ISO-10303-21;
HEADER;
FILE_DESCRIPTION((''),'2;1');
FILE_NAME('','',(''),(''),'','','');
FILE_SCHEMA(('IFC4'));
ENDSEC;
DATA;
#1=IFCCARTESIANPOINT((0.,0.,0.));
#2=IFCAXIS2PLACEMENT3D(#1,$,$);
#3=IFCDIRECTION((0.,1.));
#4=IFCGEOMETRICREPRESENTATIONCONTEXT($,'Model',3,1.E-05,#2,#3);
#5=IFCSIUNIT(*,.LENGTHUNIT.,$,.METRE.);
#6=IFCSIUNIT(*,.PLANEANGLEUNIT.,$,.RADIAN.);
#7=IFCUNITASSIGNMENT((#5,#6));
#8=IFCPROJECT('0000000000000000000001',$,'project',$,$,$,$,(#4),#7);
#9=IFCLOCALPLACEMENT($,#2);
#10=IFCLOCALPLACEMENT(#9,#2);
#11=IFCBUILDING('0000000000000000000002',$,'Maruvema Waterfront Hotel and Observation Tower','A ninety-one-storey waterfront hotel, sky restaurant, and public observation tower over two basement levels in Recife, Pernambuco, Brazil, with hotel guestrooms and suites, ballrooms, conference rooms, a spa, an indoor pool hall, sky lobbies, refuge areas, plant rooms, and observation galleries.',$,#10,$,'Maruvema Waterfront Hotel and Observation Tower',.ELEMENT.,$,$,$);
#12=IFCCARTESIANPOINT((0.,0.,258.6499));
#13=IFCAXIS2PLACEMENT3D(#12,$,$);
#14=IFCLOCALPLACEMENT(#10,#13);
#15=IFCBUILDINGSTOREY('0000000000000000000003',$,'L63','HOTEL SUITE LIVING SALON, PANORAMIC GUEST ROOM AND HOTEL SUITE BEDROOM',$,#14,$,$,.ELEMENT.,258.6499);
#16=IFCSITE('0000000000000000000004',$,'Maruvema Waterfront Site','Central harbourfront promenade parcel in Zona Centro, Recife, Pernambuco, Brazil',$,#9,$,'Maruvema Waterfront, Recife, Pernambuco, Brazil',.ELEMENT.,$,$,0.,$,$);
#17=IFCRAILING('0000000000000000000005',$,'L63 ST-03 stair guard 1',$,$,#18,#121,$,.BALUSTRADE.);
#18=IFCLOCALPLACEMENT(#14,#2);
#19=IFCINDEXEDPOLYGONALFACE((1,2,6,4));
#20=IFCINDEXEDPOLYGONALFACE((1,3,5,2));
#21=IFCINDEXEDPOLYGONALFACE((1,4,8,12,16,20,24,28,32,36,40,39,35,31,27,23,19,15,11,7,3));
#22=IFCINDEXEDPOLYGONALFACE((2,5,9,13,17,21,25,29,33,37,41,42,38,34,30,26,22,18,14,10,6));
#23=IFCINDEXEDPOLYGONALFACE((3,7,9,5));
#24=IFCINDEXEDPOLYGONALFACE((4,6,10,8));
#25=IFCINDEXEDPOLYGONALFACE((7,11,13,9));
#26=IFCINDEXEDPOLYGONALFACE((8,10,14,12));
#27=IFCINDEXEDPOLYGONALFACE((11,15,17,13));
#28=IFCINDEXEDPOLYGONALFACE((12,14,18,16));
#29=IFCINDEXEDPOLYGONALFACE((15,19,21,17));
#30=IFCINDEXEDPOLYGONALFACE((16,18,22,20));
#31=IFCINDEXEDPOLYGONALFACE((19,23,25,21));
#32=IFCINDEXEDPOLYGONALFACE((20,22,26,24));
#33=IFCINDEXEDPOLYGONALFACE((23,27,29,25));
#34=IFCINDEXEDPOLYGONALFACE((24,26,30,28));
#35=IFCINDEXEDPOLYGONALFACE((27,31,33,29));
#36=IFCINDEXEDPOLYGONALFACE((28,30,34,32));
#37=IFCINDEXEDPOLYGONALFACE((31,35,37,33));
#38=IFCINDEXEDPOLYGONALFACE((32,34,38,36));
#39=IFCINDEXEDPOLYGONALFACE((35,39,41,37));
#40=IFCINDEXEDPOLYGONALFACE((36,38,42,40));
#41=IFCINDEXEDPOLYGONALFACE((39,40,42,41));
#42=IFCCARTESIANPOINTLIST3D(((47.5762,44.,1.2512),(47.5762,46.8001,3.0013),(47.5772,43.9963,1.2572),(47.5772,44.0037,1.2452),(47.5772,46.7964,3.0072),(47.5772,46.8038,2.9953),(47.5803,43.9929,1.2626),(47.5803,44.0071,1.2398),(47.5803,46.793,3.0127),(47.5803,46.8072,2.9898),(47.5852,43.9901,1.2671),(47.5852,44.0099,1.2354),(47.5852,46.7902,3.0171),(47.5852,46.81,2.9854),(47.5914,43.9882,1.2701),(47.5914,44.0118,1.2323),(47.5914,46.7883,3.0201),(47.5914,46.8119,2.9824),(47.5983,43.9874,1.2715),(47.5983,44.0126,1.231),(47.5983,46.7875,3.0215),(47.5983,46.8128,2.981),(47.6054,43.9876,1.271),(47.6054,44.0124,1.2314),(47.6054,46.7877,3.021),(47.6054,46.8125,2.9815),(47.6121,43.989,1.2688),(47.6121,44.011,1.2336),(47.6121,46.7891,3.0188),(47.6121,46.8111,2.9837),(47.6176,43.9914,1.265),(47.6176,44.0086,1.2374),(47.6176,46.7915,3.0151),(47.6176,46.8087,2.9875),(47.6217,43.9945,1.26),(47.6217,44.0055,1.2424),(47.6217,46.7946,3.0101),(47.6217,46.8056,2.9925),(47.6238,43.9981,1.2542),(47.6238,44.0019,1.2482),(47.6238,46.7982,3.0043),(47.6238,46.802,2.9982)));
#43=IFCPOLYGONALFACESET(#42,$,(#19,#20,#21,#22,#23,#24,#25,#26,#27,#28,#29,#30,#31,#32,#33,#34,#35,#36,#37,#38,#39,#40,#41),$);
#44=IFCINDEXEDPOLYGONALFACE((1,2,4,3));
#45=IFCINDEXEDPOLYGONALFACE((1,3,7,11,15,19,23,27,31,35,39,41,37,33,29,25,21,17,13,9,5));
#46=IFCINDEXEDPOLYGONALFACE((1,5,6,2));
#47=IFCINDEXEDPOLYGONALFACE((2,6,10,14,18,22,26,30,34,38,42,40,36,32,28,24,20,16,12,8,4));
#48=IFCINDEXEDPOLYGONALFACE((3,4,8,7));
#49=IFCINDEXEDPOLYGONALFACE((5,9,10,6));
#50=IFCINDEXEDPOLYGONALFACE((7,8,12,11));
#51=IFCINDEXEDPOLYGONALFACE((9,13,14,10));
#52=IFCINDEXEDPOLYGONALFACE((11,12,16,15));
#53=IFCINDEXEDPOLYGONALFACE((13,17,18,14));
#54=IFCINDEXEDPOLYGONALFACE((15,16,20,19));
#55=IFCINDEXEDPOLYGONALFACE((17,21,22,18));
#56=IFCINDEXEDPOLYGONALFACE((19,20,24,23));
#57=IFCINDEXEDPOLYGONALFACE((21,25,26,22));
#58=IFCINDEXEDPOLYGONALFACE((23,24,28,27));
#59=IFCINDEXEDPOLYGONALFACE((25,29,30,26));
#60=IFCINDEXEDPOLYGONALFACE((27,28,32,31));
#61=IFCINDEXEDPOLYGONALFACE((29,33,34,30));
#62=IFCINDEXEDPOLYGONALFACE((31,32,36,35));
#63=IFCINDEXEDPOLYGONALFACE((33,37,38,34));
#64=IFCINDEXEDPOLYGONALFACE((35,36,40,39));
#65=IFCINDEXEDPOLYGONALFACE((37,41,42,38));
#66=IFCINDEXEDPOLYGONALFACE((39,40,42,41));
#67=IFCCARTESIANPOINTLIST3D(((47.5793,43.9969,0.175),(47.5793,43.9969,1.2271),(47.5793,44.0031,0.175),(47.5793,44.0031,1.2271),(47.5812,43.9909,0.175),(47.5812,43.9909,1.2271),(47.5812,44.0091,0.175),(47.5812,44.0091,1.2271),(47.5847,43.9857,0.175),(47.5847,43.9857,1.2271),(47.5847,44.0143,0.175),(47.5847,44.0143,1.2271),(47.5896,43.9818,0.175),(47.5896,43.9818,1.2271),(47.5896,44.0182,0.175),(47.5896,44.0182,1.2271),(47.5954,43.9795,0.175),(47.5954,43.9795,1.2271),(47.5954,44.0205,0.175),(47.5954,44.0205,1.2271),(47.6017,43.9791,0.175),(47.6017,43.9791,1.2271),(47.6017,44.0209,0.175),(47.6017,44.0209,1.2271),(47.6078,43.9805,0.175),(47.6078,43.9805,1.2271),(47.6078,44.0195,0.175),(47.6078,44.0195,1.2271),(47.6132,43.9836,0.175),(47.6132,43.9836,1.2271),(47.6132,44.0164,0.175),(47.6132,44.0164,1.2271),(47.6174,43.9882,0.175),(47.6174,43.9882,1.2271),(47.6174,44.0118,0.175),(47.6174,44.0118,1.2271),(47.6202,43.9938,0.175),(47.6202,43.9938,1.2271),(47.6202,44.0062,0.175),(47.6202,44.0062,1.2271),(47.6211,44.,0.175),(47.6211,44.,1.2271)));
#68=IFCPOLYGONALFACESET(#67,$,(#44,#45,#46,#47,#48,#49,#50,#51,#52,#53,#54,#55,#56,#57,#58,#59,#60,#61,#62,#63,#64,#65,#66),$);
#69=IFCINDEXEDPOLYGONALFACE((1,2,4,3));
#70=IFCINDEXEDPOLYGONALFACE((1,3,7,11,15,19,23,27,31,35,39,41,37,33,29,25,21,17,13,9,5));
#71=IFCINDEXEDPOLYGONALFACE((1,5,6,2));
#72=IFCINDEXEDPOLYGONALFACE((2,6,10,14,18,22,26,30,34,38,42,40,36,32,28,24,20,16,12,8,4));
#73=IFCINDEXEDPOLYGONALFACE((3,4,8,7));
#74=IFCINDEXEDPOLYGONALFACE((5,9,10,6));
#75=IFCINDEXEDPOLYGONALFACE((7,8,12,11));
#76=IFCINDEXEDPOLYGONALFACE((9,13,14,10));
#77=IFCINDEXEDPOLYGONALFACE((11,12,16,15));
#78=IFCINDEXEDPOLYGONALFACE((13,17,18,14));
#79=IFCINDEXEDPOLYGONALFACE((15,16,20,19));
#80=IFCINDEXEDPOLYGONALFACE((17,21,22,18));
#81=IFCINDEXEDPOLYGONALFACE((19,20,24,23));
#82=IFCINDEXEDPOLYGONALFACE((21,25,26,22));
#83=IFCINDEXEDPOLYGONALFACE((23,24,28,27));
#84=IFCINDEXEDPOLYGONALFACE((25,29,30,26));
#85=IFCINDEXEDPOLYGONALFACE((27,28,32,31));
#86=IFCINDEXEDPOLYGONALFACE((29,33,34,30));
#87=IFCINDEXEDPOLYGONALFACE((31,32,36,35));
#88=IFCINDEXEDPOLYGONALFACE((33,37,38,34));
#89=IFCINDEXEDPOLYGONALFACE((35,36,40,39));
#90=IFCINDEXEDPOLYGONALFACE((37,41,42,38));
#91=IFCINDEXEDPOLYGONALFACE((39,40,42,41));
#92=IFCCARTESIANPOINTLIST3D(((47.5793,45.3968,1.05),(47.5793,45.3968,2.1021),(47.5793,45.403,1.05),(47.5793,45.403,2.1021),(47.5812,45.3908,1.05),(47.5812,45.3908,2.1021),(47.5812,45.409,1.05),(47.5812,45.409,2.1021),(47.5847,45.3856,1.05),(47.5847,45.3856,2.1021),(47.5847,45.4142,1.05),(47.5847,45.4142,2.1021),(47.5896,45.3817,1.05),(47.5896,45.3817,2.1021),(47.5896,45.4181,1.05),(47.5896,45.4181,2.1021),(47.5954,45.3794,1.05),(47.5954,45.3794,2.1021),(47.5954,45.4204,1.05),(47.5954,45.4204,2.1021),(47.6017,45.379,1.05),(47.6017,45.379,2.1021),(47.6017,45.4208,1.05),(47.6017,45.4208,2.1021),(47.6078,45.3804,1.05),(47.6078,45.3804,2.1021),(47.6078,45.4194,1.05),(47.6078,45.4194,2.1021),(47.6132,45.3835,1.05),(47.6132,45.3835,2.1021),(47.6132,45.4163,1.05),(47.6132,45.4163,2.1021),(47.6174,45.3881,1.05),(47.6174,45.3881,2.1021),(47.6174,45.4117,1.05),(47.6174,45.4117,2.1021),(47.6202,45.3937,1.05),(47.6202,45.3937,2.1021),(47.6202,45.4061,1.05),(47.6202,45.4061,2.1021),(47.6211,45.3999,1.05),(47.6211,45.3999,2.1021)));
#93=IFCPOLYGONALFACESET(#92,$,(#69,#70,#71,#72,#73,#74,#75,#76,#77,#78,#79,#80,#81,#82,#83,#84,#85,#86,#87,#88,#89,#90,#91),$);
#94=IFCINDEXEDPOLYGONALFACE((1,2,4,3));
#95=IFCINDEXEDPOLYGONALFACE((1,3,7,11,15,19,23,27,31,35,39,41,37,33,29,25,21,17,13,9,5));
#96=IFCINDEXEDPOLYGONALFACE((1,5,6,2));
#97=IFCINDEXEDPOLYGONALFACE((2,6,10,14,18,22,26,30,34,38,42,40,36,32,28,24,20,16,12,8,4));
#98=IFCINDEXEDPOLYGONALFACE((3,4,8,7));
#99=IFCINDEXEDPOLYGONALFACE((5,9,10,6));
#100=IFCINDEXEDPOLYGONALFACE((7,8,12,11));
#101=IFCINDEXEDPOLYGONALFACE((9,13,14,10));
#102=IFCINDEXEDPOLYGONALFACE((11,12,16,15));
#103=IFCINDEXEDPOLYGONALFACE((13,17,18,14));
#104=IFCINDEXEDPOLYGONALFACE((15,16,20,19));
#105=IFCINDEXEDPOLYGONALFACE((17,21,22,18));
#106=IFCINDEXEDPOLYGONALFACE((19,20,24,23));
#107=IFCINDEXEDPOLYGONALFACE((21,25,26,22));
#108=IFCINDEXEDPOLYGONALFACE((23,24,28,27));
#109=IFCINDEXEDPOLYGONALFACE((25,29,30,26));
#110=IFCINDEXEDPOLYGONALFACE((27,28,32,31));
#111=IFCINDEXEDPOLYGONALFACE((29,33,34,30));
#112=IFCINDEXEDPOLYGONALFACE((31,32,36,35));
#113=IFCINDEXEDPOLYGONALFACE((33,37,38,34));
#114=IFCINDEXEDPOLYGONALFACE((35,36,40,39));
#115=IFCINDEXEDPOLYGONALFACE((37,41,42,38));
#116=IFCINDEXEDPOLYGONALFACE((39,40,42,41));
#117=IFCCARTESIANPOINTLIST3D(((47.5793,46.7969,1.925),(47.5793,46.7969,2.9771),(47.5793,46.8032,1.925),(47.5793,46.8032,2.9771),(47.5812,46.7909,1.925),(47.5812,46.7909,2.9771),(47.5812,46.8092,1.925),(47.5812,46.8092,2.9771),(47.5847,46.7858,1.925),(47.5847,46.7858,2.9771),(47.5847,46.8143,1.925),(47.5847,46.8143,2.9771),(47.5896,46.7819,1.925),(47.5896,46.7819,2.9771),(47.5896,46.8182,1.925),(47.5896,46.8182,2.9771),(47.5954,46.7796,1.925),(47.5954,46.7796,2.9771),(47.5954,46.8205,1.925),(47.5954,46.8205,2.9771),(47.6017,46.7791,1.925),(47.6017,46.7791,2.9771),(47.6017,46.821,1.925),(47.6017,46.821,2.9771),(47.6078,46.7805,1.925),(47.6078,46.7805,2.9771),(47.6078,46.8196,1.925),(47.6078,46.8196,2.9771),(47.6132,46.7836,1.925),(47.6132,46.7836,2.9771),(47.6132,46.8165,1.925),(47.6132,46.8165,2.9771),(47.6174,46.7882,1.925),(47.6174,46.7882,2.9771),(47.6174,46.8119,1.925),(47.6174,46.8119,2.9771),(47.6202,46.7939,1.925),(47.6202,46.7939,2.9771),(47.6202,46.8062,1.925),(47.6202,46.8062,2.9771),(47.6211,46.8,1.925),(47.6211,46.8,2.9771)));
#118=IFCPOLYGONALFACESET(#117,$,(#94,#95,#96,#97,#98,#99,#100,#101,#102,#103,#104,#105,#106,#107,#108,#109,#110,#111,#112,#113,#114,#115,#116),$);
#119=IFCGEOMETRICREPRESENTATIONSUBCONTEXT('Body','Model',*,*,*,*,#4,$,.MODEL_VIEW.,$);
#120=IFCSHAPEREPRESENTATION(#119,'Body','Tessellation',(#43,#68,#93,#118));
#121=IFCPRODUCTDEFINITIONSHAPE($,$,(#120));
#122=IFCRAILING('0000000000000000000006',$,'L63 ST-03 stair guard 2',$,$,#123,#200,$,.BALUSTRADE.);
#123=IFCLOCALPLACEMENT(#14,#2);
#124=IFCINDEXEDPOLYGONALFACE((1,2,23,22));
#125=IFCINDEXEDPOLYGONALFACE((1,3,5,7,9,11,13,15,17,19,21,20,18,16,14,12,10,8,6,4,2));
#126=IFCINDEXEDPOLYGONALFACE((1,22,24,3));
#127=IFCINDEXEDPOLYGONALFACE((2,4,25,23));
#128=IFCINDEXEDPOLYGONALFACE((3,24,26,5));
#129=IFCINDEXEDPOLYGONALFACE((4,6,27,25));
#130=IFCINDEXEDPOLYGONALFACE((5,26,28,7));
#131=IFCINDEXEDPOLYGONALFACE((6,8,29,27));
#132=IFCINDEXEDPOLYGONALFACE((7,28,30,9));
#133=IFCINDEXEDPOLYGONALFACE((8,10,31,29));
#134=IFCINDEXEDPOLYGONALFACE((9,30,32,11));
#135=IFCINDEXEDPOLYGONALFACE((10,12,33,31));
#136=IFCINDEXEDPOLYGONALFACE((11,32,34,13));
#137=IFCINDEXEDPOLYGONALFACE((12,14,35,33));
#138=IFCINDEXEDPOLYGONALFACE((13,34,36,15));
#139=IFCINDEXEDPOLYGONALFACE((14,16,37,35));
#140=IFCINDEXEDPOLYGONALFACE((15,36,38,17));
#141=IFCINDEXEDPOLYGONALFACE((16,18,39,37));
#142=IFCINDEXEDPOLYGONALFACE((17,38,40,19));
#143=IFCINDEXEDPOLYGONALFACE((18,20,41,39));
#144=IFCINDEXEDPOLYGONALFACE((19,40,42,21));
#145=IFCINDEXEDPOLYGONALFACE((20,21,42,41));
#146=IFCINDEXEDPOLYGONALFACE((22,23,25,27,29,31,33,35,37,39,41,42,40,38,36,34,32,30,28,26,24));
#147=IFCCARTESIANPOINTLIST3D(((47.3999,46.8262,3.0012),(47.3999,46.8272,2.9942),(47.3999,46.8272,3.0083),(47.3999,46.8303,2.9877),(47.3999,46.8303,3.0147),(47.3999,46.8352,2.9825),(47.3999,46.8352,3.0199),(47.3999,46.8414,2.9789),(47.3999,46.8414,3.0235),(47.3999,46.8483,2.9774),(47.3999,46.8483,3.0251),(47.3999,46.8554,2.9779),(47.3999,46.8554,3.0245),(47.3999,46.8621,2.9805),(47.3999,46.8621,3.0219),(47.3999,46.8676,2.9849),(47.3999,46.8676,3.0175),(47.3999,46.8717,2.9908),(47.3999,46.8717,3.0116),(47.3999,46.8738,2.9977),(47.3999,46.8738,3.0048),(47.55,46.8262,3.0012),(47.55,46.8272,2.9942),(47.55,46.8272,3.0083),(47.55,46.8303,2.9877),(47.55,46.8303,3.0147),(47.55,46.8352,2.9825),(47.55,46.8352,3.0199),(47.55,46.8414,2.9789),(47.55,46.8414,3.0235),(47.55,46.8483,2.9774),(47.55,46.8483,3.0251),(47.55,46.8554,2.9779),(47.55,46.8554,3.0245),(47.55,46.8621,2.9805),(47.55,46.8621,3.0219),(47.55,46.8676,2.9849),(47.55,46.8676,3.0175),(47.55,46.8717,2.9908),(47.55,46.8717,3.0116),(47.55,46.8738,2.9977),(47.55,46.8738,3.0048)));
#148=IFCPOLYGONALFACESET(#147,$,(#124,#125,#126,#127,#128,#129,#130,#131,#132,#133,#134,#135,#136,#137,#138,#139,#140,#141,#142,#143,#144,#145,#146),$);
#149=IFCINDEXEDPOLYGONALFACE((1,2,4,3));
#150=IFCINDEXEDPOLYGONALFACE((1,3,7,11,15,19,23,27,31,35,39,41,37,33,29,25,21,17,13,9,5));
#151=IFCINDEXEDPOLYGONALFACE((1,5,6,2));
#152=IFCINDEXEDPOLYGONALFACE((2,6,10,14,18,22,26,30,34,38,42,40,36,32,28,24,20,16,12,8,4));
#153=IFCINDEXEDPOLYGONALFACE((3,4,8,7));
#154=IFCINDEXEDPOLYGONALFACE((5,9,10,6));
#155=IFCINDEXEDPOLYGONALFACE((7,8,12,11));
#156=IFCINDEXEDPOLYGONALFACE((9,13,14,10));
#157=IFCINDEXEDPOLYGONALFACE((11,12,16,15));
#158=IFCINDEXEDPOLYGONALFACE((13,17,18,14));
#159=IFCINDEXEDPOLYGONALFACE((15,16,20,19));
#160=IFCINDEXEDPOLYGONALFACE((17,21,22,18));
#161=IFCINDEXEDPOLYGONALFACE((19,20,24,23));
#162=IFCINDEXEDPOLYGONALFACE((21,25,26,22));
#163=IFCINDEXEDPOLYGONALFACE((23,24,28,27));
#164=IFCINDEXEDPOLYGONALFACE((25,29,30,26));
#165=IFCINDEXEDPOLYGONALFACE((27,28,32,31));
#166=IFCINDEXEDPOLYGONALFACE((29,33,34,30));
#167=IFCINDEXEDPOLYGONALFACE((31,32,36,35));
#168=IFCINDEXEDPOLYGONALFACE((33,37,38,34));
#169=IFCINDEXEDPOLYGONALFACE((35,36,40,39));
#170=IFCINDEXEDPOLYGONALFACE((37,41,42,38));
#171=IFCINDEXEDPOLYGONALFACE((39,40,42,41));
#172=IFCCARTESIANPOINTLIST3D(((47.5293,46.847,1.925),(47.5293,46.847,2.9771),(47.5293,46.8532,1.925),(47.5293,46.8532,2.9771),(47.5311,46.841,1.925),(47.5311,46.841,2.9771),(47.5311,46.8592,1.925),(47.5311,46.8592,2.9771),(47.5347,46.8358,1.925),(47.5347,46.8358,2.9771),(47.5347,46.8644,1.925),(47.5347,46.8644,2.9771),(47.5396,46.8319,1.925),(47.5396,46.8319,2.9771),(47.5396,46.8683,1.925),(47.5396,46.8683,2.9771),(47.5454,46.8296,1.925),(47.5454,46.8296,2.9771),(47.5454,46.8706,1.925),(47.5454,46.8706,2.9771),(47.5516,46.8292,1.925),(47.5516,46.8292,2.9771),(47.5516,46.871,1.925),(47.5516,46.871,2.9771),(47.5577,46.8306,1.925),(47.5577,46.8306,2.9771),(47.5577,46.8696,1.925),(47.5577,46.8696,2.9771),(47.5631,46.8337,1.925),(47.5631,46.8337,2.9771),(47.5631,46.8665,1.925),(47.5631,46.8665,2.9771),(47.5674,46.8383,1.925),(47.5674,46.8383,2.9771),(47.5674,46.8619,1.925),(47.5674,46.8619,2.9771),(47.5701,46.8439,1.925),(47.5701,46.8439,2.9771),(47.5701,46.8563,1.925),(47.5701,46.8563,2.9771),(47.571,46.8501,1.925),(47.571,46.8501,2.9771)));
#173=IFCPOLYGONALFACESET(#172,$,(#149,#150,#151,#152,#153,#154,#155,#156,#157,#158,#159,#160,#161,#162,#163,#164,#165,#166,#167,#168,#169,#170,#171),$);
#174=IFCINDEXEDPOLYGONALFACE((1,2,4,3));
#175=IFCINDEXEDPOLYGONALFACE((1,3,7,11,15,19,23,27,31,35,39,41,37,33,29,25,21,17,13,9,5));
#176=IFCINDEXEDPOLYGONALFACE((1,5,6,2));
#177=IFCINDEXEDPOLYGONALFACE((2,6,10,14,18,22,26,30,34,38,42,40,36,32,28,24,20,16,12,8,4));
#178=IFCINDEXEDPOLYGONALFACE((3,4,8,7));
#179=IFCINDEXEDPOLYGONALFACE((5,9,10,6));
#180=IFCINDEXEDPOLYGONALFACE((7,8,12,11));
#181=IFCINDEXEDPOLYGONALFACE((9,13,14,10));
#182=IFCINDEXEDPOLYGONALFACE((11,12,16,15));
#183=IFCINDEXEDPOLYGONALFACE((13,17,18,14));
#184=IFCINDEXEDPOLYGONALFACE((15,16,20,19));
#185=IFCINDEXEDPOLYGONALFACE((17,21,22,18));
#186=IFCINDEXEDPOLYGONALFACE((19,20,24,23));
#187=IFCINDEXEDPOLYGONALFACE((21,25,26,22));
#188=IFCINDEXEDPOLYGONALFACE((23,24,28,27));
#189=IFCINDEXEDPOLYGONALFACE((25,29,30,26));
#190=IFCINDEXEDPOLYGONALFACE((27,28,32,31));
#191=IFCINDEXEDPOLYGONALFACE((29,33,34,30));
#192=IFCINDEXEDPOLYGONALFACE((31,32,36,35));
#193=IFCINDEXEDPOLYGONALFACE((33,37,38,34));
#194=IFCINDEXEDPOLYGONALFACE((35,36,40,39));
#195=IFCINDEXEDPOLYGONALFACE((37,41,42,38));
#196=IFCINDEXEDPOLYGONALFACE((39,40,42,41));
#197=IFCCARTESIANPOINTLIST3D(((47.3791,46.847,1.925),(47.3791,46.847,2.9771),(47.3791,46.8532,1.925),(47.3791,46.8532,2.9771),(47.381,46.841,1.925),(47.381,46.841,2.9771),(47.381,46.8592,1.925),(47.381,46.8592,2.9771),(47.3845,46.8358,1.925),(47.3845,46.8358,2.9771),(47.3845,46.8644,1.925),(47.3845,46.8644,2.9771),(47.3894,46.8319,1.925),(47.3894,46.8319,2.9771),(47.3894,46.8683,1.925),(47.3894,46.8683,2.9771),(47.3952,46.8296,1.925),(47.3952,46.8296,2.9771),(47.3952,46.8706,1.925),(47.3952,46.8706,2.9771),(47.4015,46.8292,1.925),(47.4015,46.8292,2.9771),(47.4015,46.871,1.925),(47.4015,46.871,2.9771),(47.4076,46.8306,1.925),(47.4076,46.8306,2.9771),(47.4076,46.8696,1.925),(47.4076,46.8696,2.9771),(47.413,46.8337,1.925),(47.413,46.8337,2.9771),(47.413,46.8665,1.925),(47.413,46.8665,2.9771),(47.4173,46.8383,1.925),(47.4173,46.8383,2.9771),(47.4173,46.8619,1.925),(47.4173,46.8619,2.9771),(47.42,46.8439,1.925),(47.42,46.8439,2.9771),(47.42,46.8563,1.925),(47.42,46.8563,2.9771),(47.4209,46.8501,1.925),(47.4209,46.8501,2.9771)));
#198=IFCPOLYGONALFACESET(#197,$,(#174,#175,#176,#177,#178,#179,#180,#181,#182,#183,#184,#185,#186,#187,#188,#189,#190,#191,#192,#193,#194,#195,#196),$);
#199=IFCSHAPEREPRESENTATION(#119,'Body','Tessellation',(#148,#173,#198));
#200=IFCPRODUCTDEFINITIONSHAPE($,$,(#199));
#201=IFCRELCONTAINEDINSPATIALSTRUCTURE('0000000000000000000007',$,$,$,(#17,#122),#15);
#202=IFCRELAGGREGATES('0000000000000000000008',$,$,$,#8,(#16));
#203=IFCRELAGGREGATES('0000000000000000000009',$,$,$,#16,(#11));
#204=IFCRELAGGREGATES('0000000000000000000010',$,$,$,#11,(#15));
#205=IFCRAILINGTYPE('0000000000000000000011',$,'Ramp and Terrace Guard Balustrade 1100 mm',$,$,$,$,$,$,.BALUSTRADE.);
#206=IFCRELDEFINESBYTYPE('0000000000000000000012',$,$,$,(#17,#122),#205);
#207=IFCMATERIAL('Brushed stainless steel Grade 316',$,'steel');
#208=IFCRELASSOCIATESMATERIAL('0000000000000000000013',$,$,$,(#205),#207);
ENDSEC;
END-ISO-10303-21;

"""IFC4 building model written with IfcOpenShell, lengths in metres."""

from ifc_helpers import new_model, si_unit, direction, frame, origin, origin_2d, place, context, subcontext, project, spatial, circle, extrude, material, type_object, element, save


model = new_model("IFC4")

# Units and contexts
model_context = context("Model", 3, precision=1e-05, world=origin(), true_north=direction((0.0, 1.0)))
body_context = subcontext(model_context, "Body", "Model", "MODEL_VIEW")
ifc_project = project(units=[si_unit("LENGTHUNIT", "METRE"), si_unit("PLANEANGLEUNIT", "RADIAN")], contexts=[model_context])

# Site, building, storey
site_placement = place(None, origin())
site = spatial("IfcSite", under=ifc_project, at=site_placement, Name="Maruvema Waterfront Site", Description="Central harbourfront promenade parcel in Zona Centro, Recife, Pernambuco, Brazil", LongName="Maruvema Waterfront, Recife, Pernambuco, Brazil", CompositionType="ELEMENT", RefElevation=0.0)
building_placement = place(site_placement, origin())
building = spatial("IfcBuilding", under=site, at=building_placement, Name="Maruvema Waterfront Hotel and Observation Tower", Description="A ninety-one-storey waterfront hotel, sky restaurant, and public observation tower over two basement levels in Recife, Pernambuco, Brazil, with hotel guestrooms and suites, ballrooms, conference rooms, a spa, an indoor pool hall, sky lobbies, refuge areas, plant rooms, and observation galleries.", LongName="Maruvema Waterfront Hotel and Observation Tower", CompositionType="ELEMENT")
storey_placement = place(building_placement, frame((0.0, 0.0, 258.6499)))
storey = spatial("IfcBuildingStorey", under=building, at=storey_placement, Name="L63", Description="HOTEL SUITE LIVING SALON, PANORAMIC GUEST ROOM AND HOTEL SUITE BEDROOM", CompositionType="ELEMENT", Elevation=258.6499)

# Railings
ifc_material_1 = material(Name="Brushed stainless steel Grade 316", Category="steel")
railing_type_1 = type_object("IfcRailingType", Name="Ramp and Terrace Guard Balustrade 1100 mm", PredefinedType="BALUSTRADE", material=ifc_material_1)
railing_1_placement = place(storey_placement, frame((47.6001, 44.0, 0.175)))
element("IfcRailing", 1, at=railing_1_placement, inside=storey, type_object=railing_type_1, Name="L63 ST-03 stair guard 1", PredefinedType="BALUSTRADE", context=body_context, shape_type="SweptSolid", body=[
    extrude(circle(Radius=0.0239, at=origin_2d()), frame((0.0, 0.0, 1.0762), z_axis=(0.0, 0.848002, 0.529992), x_axis=(-1.0, 0.0, 0.0)), (0.0, 0.0, 1.0), 3.302),
    extrude(circle(Radius=0.021, at=origin_2d()), origin(), (0.0, 0.0, 1.0), 1.052),
    extrude(circle(Radius=0.021, at=origin_2d()), frame((0.0, 1.3999, 0.875)), (0.0, 0.0, 1.0), 1.052),
    extrude(circle(Radius=0.021, at=origin_2d()), frame((0.0, 2.8, 1.75)), (0.0, 0.0, 1.0), 1.052),
])
for number, where, name in (
    (2, (47.55, 46.8501, 1.925), "L63 ST-03 stair guard 2"),
):
    element("IfcRailing", number, at=place(storey_placement, frame(where)), inside=storey, type_object=railing_type_1, Name=name, PredefinedType="BALUSTRADE", context=body_context, shape_type="SweptSolid", body=[
        extrude(circle(Radius=0.0239, at=origin_2d()), frame((0.0, 0.0, 1.0762), z_axis=(-1.0, 0.0, 0.0), x_axis=(0.0, -1.0, 0.0)), (0.0, 0.0, 1.0), 0.1501),
        extrude(circle(Radius=0.021, at=origin_2d()), origin(), (0.0, 0.0, 1.0), 1.052),
        extrude(circle(Radius=0.021, at=origin_2d()), frame((-0.1501, 0.0, 0.0)), (0.0, 0.0, 1.0), 1.052),
    ])

save(model, "model.ifc")
